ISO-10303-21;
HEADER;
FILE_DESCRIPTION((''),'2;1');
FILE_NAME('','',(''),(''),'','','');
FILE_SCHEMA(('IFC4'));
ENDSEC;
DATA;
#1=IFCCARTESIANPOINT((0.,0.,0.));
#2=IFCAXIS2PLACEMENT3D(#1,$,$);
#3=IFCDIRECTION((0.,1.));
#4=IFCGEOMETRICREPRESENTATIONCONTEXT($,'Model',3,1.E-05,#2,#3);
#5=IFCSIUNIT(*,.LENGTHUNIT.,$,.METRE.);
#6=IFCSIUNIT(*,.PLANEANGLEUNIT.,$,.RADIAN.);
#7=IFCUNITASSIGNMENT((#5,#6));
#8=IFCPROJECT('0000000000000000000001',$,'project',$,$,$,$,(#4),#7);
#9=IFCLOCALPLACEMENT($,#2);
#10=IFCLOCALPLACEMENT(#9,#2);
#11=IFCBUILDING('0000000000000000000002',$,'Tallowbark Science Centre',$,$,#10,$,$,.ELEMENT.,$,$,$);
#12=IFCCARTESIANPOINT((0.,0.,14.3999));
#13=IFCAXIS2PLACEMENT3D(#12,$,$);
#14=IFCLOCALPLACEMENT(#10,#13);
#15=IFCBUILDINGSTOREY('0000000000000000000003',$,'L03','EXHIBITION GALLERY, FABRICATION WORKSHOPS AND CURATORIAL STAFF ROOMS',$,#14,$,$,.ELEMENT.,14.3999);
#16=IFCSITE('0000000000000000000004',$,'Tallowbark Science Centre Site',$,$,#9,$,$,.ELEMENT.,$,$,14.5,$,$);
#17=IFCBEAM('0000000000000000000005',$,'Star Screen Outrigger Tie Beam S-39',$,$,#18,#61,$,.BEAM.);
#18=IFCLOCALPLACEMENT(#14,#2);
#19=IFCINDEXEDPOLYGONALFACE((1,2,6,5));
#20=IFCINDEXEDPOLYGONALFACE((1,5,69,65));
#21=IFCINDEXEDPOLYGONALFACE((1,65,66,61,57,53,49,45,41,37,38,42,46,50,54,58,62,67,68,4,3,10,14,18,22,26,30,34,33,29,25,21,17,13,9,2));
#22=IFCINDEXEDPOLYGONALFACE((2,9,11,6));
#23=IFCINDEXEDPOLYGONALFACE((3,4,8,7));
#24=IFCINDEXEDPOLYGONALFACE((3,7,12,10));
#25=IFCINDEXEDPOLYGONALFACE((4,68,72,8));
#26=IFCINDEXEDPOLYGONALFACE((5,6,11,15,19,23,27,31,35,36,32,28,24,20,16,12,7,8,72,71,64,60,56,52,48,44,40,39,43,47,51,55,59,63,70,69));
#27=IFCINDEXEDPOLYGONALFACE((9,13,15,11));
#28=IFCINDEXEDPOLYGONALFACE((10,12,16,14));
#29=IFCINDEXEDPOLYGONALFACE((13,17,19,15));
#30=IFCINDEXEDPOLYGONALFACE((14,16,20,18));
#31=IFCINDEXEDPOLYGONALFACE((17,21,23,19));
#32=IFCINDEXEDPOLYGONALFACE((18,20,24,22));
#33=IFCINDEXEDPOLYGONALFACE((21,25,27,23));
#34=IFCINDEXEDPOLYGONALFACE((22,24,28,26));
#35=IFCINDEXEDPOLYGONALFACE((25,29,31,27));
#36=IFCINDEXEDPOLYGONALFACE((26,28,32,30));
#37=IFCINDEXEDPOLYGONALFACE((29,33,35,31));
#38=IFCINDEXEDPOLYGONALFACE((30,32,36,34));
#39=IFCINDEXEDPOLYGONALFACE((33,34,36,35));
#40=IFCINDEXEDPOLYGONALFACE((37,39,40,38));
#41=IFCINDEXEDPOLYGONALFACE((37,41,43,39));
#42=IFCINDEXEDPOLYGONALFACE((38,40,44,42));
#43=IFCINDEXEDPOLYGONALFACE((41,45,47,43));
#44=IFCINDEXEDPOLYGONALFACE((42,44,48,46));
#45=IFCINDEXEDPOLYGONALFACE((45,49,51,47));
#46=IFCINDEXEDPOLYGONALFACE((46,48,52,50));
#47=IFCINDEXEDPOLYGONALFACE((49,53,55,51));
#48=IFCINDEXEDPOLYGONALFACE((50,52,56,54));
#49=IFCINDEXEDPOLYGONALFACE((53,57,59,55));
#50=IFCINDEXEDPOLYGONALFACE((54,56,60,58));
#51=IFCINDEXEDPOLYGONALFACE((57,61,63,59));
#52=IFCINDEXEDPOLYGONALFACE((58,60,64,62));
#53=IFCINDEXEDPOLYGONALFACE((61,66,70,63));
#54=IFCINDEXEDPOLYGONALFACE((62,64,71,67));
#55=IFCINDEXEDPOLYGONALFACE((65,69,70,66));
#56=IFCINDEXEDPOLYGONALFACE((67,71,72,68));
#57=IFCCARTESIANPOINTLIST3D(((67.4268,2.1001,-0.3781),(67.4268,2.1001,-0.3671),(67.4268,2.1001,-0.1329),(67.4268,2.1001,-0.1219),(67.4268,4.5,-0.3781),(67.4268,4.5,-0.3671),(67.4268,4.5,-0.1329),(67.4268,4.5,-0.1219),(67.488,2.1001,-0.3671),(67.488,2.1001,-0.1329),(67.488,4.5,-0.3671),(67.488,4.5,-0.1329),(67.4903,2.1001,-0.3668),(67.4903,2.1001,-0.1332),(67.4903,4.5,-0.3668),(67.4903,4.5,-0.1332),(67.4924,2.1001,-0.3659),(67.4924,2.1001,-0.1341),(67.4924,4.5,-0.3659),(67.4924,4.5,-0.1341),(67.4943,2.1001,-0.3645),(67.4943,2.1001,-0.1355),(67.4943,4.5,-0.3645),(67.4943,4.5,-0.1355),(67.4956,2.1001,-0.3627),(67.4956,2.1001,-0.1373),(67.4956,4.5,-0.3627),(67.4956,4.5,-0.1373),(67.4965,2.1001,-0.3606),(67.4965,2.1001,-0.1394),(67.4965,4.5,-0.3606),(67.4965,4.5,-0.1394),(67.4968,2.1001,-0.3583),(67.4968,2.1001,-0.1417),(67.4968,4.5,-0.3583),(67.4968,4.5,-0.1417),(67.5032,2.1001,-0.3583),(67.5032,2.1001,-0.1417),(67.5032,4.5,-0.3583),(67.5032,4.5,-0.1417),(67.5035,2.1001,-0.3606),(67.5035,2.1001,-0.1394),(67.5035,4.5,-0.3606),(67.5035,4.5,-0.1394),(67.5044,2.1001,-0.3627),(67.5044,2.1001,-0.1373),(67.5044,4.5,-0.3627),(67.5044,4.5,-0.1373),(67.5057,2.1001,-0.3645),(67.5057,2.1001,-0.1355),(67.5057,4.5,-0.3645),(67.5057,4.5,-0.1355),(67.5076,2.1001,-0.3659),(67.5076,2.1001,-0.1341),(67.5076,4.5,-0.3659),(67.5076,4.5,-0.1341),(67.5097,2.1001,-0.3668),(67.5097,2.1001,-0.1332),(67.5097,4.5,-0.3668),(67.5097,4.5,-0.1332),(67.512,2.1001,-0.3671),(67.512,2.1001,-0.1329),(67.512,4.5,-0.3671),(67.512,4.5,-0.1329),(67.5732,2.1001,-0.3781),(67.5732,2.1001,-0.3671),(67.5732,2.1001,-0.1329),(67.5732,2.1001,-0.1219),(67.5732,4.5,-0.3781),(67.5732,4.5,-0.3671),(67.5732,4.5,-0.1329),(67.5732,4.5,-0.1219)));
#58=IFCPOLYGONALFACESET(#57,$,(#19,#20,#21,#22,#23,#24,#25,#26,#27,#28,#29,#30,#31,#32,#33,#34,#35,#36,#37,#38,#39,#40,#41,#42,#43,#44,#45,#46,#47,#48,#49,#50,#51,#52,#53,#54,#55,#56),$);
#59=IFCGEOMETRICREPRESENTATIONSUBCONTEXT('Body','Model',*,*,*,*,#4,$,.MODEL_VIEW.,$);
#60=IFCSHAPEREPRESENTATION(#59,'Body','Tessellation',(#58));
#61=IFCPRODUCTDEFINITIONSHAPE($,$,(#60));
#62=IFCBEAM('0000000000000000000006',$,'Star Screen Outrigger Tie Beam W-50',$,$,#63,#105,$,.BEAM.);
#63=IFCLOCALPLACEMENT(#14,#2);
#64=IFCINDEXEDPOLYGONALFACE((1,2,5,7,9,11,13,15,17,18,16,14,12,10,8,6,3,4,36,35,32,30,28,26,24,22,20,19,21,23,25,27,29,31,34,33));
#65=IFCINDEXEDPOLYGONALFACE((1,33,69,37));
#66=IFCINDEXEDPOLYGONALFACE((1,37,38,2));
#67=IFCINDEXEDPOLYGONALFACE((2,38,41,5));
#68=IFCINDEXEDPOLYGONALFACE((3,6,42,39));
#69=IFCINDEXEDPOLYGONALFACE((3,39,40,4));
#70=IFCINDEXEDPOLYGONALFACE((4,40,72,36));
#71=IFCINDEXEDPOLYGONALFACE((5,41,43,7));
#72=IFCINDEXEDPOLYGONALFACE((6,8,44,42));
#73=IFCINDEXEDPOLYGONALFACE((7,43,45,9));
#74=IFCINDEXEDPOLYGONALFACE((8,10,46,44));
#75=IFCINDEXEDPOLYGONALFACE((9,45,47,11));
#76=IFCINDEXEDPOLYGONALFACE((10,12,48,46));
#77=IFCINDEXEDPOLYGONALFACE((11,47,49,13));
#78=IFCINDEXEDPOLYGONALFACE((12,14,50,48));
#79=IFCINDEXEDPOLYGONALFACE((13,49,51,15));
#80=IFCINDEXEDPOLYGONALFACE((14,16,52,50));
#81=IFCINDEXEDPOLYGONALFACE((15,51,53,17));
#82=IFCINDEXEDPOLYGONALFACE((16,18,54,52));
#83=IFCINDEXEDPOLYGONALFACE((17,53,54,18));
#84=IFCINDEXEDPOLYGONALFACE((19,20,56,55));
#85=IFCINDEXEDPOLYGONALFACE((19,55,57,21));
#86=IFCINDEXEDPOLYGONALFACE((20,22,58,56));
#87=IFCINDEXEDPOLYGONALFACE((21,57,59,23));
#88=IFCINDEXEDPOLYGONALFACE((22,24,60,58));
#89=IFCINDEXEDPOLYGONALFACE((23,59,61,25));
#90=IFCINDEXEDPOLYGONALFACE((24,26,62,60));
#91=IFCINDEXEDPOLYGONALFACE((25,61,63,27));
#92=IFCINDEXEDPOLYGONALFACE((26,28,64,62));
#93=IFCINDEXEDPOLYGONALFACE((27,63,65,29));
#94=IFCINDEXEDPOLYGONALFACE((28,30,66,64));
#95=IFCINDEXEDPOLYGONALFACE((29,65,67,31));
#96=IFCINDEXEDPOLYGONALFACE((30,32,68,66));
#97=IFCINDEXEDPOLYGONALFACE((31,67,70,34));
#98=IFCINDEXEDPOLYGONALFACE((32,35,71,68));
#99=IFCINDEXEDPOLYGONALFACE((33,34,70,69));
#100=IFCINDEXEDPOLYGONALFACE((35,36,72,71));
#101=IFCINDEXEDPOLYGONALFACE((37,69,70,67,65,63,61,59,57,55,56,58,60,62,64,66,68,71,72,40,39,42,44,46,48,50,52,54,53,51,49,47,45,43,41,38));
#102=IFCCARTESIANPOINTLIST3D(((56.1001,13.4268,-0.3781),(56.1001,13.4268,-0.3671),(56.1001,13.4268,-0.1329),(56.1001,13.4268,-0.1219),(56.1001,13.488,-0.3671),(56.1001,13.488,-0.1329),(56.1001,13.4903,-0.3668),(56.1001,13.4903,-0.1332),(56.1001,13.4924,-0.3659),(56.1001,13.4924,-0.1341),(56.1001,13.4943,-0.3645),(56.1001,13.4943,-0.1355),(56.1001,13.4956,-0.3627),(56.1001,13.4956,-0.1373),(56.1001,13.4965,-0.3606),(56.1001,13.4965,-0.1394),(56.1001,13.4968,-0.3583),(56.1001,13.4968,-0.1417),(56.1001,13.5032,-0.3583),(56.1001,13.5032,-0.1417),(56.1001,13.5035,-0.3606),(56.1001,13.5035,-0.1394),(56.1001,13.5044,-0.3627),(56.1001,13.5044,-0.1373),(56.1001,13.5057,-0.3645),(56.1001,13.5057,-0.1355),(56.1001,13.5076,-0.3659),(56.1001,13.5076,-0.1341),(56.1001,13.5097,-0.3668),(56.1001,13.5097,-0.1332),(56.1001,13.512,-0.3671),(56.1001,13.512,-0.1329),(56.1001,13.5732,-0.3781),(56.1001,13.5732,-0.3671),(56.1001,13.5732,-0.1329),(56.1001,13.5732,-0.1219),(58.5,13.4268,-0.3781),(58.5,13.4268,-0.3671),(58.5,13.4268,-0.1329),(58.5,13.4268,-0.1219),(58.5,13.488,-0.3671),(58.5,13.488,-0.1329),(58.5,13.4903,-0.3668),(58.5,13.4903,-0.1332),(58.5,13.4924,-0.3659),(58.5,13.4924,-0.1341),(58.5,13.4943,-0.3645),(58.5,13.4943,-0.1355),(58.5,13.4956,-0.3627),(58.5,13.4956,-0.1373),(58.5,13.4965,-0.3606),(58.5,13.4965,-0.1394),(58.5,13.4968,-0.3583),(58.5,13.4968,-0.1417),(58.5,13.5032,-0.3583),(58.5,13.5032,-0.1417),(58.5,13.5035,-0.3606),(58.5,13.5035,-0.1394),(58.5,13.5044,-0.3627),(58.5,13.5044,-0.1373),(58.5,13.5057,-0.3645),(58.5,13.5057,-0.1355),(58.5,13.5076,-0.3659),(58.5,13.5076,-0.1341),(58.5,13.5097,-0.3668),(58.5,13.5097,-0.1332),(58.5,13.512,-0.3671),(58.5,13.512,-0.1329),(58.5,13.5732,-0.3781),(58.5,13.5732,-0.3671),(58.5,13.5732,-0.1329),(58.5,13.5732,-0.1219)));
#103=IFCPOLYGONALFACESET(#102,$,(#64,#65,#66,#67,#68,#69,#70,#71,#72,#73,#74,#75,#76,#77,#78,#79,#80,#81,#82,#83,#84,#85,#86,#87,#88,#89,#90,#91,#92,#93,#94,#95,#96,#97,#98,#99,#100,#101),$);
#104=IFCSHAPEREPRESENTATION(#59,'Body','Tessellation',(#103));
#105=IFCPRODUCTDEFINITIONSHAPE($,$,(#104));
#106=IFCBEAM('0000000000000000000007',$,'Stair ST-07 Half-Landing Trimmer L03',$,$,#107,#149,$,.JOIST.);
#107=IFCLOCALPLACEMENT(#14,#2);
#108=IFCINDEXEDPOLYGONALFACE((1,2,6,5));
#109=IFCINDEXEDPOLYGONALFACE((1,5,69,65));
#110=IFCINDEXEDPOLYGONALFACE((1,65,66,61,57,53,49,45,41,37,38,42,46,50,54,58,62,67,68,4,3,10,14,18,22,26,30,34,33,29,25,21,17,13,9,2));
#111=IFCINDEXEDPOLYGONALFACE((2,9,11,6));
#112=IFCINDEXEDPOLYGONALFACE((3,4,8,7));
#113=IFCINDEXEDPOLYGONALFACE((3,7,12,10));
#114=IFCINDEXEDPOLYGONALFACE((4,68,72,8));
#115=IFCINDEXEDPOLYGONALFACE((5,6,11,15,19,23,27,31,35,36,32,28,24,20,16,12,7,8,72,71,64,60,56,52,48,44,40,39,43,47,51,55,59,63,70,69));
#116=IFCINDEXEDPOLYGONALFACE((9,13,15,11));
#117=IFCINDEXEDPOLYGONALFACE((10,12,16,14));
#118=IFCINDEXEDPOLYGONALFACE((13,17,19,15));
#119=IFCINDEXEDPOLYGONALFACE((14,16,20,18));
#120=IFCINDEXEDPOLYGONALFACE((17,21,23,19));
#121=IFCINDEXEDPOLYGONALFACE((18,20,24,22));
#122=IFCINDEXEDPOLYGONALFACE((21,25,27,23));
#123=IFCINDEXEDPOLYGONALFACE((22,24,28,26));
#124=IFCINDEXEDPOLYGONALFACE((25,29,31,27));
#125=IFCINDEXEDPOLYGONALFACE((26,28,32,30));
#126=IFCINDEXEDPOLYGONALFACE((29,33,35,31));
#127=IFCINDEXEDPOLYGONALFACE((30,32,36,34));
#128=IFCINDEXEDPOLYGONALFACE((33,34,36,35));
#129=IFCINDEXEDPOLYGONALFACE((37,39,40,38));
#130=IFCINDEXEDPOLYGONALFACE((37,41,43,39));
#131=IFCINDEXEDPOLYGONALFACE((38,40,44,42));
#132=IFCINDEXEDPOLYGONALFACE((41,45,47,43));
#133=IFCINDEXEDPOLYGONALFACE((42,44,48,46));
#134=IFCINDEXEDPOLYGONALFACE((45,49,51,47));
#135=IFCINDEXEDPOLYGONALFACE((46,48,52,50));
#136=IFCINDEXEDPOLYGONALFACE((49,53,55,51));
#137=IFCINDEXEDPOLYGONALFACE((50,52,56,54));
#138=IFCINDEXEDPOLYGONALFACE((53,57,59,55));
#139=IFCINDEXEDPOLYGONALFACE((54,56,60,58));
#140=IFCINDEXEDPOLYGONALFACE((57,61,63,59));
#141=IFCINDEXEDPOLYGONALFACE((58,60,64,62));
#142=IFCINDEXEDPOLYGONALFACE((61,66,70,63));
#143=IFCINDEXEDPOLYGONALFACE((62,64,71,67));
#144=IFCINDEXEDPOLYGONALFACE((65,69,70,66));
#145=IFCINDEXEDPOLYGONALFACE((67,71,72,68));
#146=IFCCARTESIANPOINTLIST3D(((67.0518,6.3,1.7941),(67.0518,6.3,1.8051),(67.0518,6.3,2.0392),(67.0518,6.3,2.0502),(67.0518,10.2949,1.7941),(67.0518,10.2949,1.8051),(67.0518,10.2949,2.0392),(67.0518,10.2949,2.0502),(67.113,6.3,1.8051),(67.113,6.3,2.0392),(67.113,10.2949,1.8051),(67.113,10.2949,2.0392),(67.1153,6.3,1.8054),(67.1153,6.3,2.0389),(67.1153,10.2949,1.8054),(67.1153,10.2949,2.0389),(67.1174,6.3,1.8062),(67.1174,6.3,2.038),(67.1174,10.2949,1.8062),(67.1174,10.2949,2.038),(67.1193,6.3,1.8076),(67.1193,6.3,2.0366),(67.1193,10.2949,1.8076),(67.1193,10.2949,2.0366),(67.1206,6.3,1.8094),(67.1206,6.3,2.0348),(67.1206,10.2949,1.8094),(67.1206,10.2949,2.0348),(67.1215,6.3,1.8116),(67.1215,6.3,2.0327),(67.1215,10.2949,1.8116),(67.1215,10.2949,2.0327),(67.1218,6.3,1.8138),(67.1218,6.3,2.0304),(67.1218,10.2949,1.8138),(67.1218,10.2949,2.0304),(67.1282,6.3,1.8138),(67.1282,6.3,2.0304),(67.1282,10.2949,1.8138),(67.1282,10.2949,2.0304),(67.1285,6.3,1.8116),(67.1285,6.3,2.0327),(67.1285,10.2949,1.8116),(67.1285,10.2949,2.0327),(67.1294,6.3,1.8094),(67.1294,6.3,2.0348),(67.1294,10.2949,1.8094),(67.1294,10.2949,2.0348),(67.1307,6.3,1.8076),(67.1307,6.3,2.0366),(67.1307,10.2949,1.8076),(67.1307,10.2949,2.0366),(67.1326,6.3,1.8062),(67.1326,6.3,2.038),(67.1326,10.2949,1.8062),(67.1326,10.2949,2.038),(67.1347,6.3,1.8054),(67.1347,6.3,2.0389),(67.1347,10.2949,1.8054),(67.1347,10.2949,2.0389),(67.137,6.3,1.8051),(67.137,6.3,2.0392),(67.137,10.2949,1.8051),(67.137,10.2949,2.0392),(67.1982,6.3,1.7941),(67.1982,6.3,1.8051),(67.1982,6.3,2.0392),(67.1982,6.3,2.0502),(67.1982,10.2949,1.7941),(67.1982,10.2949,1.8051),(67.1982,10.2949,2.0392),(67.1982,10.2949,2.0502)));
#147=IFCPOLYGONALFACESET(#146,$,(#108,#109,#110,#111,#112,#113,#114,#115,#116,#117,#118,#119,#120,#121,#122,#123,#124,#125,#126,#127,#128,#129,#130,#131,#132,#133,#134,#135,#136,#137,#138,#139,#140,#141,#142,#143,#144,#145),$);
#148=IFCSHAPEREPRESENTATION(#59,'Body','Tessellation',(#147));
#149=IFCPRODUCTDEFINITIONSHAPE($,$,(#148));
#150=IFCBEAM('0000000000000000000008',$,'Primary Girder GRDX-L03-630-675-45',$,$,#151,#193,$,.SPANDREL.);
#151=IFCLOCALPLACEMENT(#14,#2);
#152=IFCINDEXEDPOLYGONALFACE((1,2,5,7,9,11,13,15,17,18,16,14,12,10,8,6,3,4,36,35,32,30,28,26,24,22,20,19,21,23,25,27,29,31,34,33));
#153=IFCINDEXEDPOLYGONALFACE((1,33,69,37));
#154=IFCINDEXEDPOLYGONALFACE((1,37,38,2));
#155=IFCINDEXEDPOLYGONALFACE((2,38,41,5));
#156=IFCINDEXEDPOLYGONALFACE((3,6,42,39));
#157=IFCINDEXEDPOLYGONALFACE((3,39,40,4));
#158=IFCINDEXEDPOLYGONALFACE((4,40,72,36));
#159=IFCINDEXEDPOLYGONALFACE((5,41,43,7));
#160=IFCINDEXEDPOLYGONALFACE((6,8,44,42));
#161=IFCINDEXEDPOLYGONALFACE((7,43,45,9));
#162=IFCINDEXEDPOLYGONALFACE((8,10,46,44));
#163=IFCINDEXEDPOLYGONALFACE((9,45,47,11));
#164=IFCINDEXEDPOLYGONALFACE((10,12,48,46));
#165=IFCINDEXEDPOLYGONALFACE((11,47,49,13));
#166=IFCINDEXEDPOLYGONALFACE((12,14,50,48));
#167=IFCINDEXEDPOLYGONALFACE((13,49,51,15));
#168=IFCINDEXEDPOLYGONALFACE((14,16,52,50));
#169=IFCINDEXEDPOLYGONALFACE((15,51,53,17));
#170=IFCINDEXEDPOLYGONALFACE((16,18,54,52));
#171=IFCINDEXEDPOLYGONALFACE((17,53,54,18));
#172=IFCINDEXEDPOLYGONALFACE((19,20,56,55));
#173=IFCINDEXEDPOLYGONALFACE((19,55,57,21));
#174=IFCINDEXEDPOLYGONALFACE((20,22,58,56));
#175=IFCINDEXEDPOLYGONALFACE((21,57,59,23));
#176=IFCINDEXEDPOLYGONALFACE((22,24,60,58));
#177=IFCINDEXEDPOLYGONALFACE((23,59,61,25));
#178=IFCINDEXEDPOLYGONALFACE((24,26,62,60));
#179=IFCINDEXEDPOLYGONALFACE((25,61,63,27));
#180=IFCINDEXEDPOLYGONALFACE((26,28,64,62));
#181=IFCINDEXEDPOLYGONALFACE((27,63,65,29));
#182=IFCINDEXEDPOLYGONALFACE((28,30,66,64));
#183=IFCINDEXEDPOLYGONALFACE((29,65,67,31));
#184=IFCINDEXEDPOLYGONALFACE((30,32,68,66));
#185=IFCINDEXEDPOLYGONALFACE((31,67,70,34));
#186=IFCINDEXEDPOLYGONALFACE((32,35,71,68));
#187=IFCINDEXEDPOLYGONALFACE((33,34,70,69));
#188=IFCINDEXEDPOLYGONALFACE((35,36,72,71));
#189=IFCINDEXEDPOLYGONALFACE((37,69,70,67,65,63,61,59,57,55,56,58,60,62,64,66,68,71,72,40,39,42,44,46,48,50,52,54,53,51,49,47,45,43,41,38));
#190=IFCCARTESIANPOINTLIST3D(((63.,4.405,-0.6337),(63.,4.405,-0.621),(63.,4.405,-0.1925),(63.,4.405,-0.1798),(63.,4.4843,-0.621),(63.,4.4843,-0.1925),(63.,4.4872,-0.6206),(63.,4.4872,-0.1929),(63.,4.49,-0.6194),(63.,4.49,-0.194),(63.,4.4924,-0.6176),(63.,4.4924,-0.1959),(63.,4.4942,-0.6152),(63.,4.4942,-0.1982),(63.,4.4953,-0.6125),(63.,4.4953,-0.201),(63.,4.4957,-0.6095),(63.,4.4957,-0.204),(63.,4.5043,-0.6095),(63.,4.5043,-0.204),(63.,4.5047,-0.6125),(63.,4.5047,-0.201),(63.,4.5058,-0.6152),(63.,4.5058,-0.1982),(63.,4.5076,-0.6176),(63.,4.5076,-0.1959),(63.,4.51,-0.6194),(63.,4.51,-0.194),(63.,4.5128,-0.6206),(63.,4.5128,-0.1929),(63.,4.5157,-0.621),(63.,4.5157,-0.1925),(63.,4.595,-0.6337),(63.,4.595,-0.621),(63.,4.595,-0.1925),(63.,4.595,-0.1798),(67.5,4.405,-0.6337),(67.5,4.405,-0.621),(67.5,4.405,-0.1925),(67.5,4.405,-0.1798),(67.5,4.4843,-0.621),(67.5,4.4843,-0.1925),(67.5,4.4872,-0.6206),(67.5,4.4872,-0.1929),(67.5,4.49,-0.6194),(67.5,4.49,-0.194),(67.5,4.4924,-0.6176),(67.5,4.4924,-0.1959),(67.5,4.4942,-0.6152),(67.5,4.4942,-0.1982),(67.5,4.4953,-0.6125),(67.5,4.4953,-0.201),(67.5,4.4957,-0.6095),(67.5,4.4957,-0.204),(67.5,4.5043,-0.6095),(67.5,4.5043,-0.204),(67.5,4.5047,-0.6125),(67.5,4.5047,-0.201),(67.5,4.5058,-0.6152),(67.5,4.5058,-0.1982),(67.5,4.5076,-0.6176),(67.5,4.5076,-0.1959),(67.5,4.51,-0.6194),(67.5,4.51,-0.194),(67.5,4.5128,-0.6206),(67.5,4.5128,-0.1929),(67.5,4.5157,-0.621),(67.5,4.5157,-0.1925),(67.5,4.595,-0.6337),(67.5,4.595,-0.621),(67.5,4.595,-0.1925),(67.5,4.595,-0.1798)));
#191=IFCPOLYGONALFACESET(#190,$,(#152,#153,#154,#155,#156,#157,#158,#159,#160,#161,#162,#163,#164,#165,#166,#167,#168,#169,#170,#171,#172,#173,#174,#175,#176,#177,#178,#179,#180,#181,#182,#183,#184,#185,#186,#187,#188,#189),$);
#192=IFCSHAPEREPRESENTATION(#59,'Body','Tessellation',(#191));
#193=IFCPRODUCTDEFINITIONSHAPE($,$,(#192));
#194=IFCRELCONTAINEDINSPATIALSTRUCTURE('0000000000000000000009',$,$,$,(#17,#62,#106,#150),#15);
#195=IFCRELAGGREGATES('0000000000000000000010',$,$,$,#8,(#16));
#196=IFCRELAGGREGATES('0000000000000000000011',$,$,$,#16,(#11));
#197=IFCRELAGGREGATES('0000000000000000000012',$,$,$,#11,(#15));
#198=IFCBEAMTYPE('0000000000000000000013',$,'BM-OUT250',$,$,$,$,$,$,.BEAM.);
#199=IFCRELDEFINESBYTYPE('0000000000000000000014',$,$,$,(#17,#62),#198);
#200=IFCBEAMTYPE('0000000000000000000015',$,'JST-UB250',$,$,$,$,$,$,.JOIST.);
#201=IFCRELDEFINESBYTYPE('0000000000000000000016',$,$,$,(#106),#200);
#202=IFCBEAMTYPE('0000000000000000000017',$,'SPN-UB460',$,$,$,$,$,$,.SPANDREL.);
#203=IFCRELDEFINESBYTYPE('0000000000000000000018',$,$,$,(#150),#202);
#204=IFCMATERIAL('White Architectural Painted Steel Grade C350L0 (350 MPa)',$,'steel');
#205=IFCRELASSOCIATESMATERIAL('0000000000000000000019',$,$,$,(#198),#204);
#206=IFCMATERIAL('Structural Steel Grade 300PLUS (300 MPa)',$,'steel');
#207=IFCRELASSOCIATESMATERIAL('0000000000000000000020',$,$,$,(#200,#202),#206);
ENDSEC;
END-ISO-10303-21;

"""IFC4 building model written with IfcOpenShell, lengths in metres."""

from ifc_helpers import new_model, si_unit, direction, frame, origin, origin_2d, place, context, subcontext, project, spatial, i_section, extrude, material, material_profile, profile_set, type_object, element, save


model = new_model("IFC4")

# Units and contexts
model_context = context("Model", 3, precision=1e-05, world=origin(), true_north=direction((0.0, 1.0)))
body_context = subcontext(model_context, "Body", "Model", "MODEL_VIEW")
ifc_project = project(units=[si_unit("LENGTHUNIT", "METRE"), si_unit("PLANEANGLEUNIT", "RADIAN")], contexts=[model_context])

# Site, building, storey
site_placement = place(None, origin())
site = spatial("IfcSite", under=ifc_project, at=site_placement, Name="Tallowbark Science Centre Site", CompositionType="ELEMENT", RefElevation=14.5)
building_placement = place(site_placement, origin())
building = spatial("IfcBuilding", under=site, at=building_placement, Name="Tallowbark Science Centre", CompositionType="ELEMENT")
storey_placement = place(building_placement, frame((0.0, 0.0, 14.3999)))
storey = spatial("IfcBuildingStorey", under=building, at=storey_placement, Name="L03", Description="EXHIBITION GALLERY, FABRICATION WORKSHOPS AND CURATORIAL STAFF ROOMS", CompositionType="ELEMENT", Elevation=14.3999)

# Shared definitions
ifc_material_1 = material(Name="White Architectural Painted Steel Grade C350L0 (350 MPa)", Category="steel")
ifc_material_2 = material(Name="Structural Steel Grade 300PLUS (300 MPa)", Category="steel")

# Beams
ifc_material_profile_1 = material_profile(ifc_material_1, i_section(OverallWidth=0.1465, OverallDepth=0.2561, WebThickness=0.0063, FlangeThickness=0.011, FilletRadius=0.0088, at=origin_2d()), Name="250UB37.3")
ifc_profile_set_1 = profile_set([ifc_material_profile_1], Name="White Architectural Painted Steel Grade C350L0 (350 MPa)")
beam_type_1 = type_object("IfcBeamType", Name="BM-OUT250", PredefinedType="BEAM", material=ifc_profile_set_1)
for number, where, z_axis, x_axis, name in (
    (1, (67.5, 4.5, -0.25), (0.0, -1.0, 0.0), (1.0, 0.0, 0.0), "Star Screen Outrigger Tie Beam S-39"),
    (2, (58.5, 13.5, -0.25), (-1.0, 0.0, 0.0), (0.0, -1.0, 0.0), "Star Screen Outrigger Tie Beam W-50"),
):
    element("IfcBeam", number, at=place(storey_placement, frame(where, z_axis=z_axis, x_axis=x_axis)), inside=storey, type_object=beam_type_1, Name=name, PredefinedType="BEAM", context=body_context, shape_type="SweptSolid", body=[
        extrude(i_section(OverallWidth=0.1465, OverallDepth=0.2561, WebThickness=0.0063, FlangeThickness=0.011, FilletRadius=0.0088, at=origin_2d()), origin(), (0.0, 0.0, 1.0), 2.3999),
    ])
ifc_material_profile_2 = material_profile(ifc_material_2, i_section(OverallWidth=0.1465, OverallDepth=0.2561, WebThickness=0.0063, FlangeThickness=0.011, FilletRadius=0.0088, at=origin_2d()), Name="250UB37.3")
ifc_profile_set_2 = profile_set([ifc_material_profile_2], Name="Structural Steel Grade 300PLUS (300 MPa)")
beam_type_2 = type_object("IfcBeamType", Name="JST-UB250", PredefinedType="JOIST", material=ifc_profile_set_2)
beam_1_placement = place(storey_placement, frame((67.125, 6.3, 1.9221), z_axis=(0.0, 1.0, 0.0), x_axis=(-1.0, 0.0, 0.0)))
element("IfcBeam", 3, at=beam_1_placement, inside=storey, type_object=beam_type_2, Name="Stair ST-07 Half-Landing Trimmer L03", PredefinedType="JOIST", context=body_context, shape_type="SweptSolid", body=[
    extrude(i_section(OverallWidth=0.1465, OverallDepth=0.2561, WebThickness=0.0063, FlangeThickness=0.011, FilletRadius=0.0088, at=origin_2d()), origin(), (0.0, 0.0, 1.0), 3.9949),
])
ifc_material_profile_3 = material_profile(ifc_material_2, i_section(OverallWidth=0.1899, OverallDepth=0.4539, WebThickness=0.0085, FlangeThickness=0.0127, FilletRadius=0.0115, at=origin_2d()), Name="460UB67.1")
ifc_profile_set_3 = profile_set([ifc_material_profile_3], Name="Structural Steel Grade 300PLUS (300 MPa)")
beam_type_3 = type_object("IfcBeamType", Name="SPN-UB460", PredefinedType="SPANDREL", material=ifc_profile_set_3)
for number, where, z_axis, x_axis, name in (
    (4, (63.0, 4.5, -0.4067), (1.0, 0.0, 0.0), (0.0, 1.0, 0.0), "Primary Girder GRDX-L03-630-675-45"),
):
    element("IfcBeam", number, at=place(storey_placement, frame(where, z_axis=z_axis, x_axis=x_axis)), inside=storey, type_object=beam_type_3, Name=name, PredefinedType="SPANDREL", context=body_context, shape_type="SweptSolid", body=[
        extrude(i_section(OverallWidth=0.1899, OverallDepth=0.4539, WebThickness=0.0085, FlangeThickness=0.0127, FilletRadius=0.0115, at=origin_2d()), origin(), (0.0, 0.0, 1.0), 4.5),
    ])

save(model, "model.ifc")
